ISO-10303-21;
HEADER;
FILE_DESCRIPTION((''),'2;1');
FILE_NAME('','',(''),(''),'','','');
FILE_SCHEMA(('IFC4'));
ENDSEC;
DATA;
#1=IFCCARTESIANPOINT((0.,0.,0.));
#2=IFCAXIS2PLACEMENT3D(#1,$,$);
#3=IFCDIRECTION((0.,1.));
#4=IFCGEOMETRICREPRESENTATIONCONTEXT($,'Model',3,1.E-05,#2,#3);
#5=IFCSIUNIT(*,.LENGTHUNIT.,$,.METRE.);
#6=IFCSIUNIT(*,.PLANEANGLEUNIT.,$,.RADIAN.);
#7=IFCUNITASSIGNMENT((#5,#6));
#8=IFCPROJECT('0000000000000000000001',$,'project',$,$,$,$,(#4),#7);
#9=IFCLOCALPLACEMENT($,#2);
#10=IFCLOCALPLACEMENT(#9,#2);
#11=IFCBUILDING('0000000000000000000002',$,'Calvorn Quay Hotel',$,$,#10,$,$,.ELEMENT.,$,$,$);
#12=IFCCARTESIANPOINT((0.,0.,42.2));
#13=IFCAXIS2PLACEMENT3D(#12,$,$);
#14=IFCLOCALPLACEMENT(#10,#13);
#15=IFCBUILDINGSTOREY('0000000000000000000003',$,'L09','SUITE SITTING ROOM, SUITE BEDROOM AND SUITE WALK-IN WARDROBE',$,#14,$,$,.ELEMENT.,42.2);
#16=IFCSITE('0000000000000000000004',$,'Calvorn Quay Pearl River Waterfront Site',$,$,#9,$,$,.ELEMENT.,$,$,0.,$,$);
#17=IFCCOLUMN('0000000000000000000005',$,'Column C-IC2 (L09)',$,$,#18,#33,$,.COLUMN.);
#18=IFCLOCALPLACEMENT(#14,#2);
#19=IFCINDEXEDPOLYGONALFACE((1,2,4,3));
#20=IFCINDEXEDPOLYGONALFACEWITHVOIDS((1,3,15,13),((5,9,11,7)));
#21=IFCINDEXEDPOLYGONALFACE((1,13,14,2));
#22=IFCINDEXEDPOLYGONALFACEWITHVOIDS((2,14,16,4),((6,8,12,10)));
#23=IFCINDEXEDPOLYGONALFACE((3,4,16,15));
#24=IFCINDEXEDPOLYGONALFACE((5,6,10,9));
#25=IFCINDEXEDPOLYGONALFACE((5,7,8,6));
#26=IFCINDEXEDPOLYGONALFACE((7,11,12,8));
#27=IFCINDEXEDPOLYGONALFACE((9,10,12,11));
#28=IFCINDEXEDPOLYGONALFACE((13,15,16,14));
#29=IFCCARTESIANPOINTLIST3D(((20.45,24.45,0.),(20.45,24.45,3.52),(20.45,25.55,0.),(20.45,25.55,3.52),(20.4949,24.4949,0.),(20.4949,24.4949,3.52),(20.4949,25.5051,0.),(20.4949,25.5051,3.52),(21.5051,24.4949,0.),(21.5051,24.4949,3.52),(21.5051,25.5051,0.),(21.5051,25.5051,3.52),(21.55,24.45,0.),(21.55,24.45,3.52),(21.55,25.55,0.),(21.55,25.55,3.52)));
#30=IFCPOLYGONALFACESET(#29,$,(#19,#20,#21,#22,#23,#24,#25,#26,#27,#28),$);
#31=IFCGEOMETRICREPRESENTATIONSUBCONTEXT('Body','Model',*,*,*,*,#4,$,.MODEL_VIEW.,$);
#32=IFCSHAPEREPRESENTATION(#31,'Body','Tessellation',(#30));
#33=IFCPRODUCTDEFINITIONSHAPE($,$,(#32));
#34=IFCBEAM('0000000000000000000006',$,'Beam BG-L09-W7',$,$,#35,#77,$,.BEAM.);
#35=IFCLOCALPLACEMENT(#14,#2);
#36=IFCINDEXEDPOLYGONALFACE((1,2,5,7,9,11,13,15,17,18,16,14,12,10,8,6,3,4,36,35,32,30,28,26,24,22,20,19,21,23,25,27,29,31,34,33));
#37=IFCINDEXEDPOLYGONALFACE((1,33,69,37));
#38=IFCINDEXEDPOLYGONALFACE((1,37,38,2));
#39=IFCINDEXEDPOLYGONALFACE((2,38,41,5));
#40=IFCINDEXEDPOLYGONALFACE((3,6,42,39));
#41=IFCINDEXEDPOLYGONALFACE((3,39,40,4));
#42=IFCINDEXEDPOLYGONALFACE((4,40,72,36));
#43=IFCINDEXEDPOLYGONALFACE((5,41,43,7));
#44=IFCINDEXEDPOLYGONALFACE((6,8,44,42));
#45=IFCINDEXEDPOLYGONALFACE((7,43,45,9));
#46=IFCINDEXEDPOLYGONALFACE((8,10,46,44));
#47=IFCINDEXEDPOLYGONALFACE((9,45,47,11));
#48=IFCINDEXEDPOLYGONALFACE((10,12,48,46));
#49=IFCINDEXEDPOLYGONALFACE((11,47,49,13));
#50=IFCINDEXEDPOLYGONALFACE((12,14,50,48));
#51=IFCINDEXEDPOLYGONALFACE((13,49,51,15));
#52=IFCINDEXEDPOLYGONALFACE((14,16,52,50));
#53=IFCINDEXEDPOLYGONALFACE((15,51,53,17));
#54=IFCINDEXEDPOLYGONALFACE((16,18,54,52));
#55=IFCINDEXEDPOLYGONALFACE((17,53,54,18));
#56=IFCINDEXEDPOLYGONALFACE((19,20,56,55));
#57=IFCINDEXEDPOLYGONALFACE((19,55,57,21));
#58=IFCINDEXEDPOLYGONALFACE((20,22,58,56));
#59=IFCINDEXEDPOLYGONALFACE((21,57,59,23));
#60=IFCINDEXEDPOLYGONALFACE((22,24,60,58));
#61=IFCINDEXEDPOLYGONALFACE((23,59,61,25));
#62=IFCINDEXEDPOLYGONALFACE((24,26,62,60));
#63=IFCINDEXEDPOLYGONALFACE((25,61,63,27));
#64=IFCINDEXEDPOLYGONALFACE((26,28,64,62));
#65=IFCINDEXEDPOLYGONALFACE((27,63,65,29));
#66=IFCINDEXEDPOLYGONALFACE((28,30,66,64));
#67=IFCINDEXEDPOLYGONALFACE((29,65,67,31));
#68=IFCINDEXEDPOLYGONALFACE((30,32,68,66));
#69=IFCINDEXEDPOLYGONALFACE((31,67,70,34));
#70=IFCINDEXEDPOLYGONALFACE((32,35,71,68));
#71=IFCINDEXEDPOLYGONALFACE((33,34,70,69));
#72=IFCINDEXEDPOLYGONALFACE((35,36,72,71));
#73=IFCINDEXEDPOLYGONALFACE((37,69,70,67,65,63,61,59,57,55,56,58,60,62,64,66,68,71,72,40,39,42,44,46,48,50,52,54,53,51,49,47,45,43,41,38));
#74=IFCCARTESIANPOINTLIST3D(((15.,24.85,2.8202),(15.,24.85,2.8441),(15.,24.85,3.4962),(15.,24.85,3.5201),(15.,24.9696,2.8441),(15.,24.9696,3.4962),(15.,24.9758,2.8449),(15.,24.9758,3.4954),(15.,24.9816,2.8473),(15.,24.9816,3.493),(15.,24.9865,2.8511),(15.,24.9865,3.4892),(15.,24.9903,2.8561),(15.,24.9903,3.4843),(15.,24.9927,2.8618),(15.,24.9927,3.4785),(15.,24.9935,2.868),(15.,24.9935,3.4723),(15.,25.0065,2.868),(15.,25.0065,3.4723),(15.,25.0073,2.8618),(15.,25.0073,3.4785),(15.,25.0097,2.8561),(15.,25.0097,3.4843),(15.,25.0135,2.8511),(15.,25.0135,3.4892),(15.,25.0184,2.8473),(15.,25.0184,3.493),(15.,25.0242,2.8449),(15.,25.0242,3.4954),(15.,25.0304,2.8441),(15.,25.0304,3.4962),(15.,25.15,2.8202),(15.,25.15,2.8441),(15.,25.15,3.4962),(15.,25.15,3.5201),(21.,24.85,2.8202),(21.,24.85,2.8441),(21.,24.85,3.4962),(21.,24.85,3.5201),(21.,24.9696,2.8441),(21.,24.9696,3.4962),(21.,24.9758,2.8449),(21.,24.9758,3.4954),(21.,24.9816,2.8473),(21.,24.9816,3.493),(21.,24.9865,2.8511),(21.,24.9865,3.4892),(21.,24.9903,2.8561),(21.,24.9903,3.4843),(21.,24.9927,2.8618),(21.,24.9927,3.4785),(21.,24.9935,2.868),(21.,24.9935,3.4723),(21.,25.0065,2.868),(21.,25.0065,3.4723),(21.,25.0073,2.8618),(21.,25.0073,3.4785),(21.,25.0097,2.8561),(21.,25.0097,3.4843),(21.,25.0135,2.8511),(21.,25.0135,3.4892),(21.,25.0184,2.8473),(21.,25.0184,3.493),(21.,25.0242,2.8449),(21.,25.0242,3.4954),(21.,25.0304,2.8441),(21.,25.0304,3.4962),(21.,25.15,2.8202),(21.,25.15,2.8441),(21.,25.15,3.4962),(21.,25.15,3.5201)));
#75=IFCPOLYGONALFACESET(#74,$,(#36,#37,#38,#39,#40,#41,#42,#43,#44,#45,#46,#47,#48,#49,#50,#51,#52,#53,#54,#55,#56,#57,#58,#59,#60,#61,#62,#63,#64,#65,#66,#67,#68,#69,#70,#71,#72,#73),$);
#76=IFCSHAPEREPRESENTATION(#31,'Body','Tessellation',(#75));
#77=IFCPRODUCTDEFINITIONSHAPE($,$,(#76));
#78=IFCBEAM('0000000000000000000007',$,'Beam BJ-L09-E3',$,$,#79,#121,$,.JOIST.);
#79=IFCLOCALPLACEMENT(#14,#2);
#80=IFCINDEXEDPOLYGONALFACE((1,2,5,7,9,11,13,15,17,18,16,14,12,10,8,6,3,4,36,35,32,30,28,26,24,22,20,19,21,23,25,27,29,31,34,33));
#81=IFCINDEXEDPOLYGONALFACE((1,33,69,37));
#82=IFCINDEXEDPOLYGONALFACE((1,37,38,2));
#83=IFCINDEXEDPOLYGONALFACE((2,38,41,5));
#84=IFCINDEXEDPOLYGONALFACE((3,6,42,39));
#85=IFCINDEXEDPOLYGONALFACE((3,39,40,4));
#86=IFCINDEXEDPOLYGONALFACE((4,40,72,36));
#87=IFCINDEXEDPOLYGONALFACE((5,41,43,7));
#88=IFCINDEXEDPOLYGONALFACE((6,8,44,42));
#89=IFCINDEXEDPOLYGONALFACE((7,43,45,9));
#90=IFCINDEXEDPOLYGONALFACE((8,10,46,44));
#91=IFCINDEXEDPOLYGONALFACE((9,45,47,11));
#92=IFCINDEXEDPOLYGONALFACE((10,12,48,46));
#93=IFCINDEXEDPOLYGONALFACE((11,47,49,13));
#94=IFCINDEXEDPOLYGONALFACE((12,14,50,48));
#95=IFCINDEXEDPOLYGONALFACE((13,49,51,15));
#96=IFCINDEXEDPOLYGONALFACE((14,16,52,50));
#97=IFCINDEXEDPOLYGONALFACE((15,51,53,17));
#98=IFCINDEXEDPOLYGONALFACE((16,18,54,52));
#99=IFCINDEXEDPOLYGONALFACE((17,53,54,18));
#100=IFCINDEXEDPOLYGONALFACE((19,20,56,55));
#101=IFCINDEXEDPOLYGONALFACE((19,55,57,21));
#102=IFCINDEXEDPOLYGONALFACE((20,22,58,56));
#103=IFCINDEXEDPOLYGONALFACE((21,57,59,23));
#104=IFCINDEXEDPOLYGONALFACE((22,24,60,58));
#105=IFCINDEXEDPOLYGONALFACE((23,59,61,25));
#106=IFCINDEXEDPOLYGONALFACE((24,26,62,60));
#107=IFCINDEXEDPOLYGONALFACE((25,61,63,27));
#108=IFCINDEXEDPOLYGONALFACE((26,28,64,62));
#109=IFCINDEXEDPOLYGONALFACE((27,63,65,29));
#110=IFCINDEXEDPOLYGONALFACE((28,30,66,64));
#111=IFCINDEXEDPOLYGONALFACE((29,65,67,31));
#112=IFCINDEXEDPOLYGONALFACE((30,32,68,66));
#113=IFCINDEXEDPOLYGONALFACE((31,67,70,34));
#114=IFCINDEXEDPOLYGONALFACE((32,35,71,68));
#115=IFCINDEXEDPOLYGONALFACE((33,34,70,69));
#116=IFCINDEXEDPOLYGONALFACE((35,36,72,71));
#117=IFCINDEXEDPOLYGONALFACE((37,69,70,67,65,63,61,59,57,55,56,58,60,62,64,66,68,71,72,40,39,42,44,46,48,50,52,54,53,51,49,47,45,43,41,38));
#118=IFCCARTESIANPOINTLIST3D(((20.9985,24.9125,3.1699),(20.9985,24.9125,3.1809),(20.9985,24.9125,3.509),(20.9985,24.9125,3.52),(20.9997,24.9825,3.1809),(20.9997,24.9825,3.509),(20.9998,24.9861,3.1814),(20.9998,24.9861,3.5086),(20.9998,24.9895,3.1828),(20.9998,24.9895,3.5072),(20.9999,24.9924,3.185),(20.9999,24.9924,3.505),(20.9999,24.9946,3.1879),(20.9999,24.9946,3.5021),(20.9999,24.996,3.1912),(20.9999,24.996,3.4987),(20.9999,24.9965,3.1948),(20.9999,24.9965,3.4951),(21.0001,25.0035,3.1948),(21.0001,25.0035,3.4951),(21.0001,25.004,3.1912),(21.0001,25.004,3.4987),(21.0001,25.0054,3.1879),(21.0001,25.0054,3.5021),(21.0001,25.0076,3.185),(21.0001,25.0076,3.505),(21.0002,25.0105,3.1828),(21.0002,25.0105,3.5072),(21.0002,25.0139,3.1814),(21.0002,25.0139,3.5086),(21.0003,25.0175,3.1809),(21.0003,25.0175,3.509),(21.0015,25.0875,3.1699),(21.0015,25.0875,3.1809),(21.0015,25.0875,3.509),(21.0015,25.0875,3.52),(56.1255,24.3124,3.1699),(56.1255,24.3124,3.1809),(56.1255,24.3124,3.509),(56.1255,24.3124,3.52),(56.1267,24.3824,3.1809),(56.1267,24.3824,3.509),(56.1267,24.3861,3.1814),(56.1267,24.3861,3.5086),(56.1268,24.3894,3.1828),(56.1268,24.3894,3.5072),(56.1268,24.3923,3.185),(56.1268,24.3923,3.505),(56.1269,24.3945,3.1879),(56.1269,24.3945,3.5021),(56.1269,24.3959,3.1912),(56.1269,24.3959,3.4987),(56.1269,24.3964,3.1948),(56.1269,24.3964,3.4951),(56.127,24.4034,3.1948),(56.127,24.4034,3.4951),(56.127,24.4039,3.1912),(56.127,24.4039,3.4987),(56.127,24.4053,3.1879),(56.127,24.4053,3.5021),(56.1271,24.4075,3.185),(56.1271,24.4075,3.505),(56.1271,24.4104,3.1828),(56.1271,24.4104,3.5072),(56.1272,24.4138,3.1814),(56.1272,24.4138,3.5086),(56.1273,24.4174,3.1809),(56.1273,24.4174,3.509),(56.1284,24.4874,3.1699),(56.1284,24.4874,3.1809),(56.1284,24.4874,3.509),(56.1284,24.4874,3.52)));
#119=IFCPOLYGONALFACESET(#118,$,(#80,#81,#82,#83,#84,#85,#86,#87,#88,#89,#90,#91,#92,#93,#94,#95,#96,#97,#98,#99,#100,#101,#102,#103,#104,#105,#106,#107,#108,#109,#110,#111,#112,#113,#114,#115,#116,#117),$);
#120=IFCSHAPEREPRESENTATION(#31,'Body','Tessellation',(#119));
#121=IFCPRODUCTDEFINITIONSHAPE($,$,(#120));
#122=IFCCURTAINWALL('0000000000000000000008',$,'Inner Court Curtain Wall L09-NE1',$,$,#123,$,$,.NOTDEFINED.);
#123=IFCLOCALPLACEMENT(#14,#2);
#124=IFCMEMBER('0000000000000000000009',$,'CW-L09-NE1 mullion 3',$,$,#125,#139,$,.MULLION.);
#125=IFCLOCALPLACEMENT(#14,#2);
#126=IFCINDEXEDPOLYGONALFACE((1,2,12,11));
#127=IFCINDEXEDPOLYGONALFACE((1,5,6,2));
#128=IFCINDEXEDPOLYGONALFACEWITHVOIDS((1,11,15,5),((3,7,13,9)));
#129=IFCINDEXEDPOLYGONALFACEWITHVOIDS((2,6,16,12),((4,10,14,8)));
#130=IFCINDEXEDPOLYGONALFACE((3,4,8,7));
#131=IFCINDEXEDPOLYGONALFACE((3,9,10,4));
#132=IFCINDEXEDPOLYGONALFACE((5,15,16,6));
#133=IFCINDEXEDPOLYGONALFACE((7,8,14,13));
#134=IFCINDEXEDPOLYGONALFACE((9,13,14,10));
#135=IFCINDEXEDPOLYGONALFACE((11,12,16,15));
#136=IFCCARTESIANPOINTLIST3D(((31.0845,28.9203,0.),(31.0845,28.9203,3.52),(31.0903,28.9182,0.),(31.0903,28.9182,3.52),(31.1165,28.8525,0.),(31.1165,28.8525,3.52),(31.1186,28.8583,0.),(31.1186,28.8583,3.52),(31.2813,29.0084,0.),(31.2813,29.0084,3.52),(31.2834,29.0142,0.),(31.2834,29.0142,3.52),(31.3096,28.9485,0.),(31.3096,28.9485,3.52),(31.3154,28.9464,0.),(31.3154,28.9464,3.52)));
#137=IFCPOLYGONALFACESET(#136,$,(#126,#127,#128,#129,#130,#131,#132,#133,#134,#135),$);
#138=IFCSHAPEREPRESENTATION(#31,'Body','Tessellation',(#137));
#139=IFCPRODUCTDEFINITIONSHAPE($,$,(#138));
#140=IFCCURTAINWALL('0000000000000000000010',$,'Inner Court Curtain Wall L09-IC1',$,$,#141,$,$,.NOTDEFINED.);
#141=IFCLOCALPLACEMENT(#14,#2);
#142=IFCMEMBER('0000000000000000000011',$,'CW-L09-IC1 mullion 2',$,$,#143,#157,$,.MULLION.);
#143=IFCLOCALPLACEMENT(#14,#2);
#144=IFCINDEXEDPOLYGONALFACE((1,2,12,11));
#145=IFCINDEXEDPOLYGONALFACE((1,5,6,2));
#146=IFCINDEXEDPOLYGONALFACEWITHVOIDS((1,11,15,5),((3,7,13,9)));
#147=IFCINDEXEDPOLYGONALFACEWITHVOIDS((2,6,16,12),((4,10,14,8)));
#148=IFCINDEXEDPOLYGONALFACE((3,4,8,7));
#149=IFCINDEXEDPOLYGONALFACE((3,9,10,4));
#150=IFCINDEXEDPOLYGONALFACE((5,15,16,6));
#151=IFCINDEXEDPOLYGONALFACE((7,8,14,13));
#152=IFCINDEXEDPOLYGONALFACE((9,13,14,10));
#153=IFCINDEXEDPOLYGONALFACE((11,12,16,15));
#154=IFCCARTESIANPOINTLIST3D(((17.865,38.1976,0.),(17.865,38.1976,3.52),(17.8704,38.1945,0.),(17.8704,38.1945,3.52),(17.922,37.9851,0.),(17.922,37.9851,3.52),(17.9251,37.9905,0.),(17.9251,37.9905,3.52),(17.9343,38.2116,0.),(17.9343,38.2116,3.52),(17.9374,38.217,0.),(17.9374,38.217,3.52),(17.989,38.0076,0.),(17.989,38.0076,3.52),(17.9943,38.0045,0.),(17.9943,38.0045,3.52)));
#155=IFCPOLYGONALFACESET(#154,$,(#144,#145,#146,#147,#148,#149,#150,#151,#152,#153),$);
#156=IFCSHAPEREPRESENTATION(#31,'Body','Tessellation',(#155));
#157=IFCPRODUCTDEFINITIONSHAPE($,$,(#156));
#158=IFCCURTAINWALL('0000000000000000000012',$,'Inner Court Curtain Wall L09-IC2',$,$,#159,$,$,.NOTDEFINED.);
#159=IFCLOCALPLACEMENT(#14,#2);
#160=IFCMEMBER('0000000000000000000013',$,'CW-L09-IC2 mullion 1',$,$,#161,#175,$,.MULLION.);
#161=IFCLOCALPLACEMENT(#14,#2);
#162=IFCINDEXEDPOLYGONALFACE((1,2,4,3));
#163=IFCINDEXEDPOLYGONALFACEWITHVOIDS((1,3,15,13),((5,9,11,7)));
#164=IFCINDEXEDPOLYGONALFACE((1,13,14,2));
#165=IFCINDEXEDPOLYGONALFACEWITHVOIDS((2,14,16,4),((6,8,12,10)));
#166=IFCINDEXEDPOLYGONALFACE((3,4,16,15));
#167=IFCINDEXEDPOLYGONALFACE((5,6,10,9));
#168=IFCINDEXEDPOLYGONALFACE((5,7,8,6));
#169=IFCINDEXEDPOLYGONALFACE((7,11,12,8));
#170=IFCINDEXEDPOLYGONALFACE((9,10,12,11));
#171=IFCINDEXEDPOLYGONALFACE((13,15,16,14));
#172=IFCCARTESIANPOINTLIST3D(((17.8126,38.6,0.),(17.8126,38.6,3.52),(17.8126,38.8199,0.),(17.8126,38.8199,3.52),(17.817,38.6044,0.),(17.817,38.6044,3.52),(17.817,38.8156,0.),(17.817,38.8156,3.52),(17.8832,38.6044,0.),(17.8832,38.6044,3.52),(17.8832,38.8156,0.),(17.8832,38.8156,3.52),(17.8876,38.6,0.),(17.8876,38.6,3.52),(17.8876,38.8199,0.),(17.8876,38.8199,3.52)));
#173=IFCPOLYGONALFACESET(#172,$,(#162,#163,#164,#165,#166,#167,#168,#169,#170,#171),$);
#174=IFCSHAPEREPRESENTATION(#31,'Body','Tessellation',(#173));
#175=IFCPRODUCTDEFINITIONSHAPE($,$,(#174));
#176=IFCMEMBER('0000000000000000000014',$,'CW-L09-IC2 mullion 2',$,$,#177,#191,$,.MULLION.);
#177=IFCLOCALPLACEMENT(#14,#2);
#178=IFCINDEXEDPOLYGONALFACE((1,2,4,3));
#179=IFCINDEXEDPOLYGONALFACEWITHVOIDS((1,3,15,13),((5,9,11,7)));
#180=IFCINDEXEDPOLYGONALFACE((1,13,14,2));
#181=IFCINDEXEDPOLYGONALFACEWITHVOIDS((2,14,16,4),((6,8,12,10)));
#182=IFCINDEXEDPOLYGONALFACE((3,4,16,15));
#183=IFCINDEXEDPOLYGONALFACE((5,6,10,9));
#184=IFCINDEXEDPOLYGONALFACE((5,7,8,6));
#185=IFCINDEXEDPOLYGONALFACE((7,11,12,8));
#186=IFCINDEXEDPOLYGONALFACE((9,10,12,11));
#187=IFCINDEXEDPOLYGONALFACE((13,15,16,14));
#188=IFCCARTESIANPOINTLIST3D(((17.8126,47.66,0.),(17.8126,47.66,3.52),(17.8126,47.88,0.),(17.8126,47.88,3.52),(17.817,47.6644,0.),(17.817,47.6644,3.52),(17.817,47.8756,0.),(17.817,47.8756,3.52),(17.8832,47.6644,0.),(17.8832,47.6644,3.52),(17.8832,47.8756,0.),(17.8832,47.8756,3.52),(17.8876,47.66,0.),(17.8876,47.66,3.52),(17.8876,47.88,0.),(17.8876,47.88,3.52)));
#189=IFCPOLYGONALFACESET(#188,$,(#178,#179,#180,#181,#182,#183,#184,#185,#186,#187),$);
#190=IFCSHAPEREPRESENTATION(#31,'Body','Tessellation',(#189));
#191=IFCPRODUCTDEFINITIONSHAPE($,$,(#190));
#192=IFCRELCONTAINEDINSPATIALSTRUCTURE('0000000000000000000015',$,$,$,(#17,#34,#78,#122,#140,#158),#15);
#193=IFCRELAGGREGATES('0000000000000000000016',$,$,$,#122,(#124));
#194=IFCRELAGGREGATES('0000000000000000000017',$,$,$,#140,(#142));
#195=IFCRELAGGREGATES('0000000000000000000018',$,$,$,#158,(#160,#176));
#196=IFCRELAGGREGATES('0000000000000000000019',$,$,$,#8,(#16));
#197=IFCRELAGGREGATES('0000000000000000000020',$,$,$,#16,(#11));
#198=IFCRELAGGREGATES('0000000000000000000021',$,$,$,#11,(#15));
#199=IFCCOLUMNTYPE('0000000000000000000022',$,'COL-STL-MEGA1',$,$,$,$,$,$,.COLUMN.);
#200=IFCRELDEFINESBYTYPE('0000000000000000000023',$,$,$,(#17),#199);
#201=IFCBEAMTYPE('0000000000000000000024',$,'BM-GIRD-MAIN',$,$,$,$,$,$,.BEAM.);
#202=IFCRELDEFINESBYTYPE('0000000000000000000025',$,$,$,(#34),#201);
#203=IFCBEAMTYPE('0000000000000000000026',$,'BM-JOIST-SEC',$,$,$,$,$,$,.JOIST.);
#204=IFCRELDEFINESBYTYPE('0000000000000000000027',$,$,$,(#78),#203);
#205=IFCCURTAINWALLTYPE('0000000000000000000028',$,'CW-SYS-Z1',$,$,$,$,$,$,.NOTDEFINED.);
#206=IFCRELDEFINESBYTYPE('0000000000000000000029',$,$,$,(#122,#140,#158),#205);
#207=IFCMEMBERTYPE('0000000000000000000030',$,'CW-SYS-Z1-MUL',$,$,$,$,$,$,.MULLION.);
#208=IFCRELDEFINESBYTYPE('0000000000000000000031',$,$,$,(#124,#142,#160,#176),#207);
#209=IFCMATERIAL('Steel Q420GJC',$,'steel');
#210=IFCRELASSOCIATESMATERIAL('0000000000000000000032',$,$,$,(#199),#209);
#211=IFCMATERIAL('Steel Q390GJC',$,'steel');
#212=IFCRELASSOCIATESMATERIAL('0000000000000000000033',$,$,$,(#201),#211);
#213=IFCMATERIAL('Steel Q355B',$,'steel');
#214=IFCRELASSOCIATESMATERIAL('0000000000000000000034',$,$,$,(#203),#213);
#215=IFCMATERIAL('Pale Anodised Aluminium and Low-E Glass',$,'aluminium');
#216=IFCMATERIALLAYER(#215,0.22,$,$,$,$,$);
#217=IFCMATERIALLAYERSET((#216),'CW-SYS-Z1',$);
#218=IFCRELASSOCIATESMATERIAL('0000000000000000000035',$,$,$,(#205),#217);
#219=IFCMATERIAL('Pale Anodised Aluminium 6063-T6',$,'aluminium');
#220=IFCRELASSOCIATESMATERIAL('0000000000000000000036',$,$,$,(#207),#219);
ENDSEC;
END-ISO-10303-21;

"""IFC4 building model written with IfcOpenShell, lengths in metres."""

from ifc_helpers import new_model, si_unit, direction, frame, origin, origin_2d, place, context, subcontext, project, spatial, hollow_rectangle, i_section, extrude, material, layer, layer_set, material_profile, profile_set, type_object, element, aggregate, save


model = new_model("IFC4")

# Units and contexts
model_context = context("Model", 3, precision=1e-05, world=origin(), true_north=direction((0.0, 1.0)))
body_context = subcontext(model_context, "Body", "Model", "MODEL_VIEW")
ifc_project = project(units=[si_unit("LENGTHUNIT", "METRE"), si_unit("PLANEANGLEUNIT", "RADIAN")], contexts=[model_context])

# Site, building, storey
site_placement = place(None, origin())
site = spatial("IfcSite", under=ifc_project, at=site_placement, Name="Calvorn Quay Pearl River Waterfront Site", CompositionType="ELEMENT", RefElevation=0.0)
building_placement = place(site_placement, origin())
building = spatial("IfcBuilding", under=site, at=building_placement, Name="Calvorn Quay Hotel", CompositionType="ELEMENT")
storey_placement = place(building_placement, frame((0.0, 0.0, 42.2)))
storey = spatial("IfcBuildingStorey", under=building, at=storey_placement, Name="L09", Description="SUITE SITTING ROOM, SUITE BEDROOM AND SUITE WALK-IN WARDROBE", CompositionType="ELEMENT", Elevation=42.2)

# Column
ifc_material_1 = material(Name="Steel Q420GJC", Category="steel")
ifc_material_profile_1 = material_profile(ifc_material_1, hollow_rectangle(XDim=1.1001, YDim=1.1001, WallThickness=0.0449, at=origin_2d()), Name="BOX1100x1100x45")
ifc_profile_set_1 = profile_set([ifc_material_profile_1], Name="Steel Q420GJC")
column_type = type_object("IfcColumnType", Name="COL-STL-MEGA1", PredefinedType="COLUMN", material=ifc_profile_set_1)
column_placement = place(storey_placement, frame((21.0, 25.0, 0.0), z_axis=(0.0, 0.0, 1.0), x_axis=(1.0, 0.0, 0.0)))
element("IfcColumn", 1, at=column_placement, inside=storey, type_object=column_type, Name="Column C-IC2 (L09)", PredefinedType="COLUMN", context=body_context, shape_type="SweptSolid", body=[
    extrude(hollow_rectangle(XDim=1.1001, YDim=1.1001, WallThickness=0.0449, at=origin_2d()), origin(), (0.0, 0.0, 1.0), 3.52),
])

# Beams
ifc_material_2 = material(Name="Steel Q390GJC", Category="steel")
ifc_material_profile_2 = material_profile(ifc_material_2, i_section(OverallWidth=0.3, OverallDepth=0.7, WebThickness=0.0129, FlangeThickness=0.0239, FilletRadius=0.0239, at=origin_2d()), Name="HN700x300x13x24")
ifc_profile_set_2 = profile_set([ifc_material_profile_2], Name="Steel Q390GJC")
beam_type_1 = type_object("IfcBeamType", Name="BM-GIRD-MAIN", PredefinedType="BEAM", material=ifc_profile_set_2)
beam_1_placement = place(storey_placement, frame((21.0, 25.0, 3.1702), z_axis=(-1.0, 0.0, 0.0), x_axis=(0.0, -1.0, 0.0)))
element("IfcBeam", 2, at=beam_1_placement, inside=storey, type_object=beam_type_1, Name="Beam BG-L09-W7", PredefinedType="BEAM", context=body_context, shape_type="SweptSolid", body=[
    extrude(i_section(OverallWidth=0.3, OverallDepth=0.7, WebThickness=0.0129, FlangeThickness=0.0239, FilletRadius=0.0239, at=origin_2d()), origin(), (0.0, 0.0, 1.0), 6.0),
])
ifc_material_3 = material(Name="Steel Q355B", Category="steel")
ifc_material_profile_3 = material_profile(ifc_material_3, i_section(OverallWidth=0.175, OverallDepth=0.3501, WebThickness=0.0071, FlangeThickness=0.011, FilletRadius=0.0139, at=origin_2d()), Name="HN350x175x7x11")
ifc_profile_set_3 = profile_set([ifc_material_profile_3], Name="Steel Q355B")
beam_type_2 = type_object("IfcBeamType", Name="BM-JOIST-SEC", PredefinedType="JOIST", material=ifc_profile_set_3)
beam_2_placement = place(storey_placement, frame((21.0, 25.0, 3.345), z_axis=(0.999854, -0.017081, 0.0), x_axis=(0.017081, 0.999854, 0.0)))
element("IfcBeam", 3, at=beam_2_placement, inside=storey, type_object=beam_type_2, Name="Beam BJ-L09-E3", PredefinedType="JOIST", context=body_context, shape_type="SweptSolid", body=[
    extrude(i_section(OverallWidth=0.175, OverallDepth=0.3501, WebThickness=0.0071, FlangeThickness=0.011, FilletRadius=0.0139, at=origin_2d()), origin(), (0.0, 0.0, 1.0), 35.1321),
])

# Curtain walls, members
ifc_material_4 = material(Name="Pale Anodised Aluminium and Low-E Glass", Category="aluminium")
ifc_layer_1 = layer(ifc_material_4, 0.22)
ifc_layer_set_1 = layer_set([ifc_layer_1], Name="CW-SYS-Z1")
curtain_wall_type = type_object("IfcCurtainWallType", Name="CW-SYS-Z1", PredefinedType="NOTDEFINED", material=ifc_layer_set_1)
curtain_wall_1_placement = place(storey_placement, origin())
curtain_wall_1 = element("IfcCurtainWall", 4, at=curtain_wall_1_placement, inside=storey, type_object=curtain_wall_type, Name="Inner Court Curtain Wall L09-NE1", PredefinedType="NOTDEFINED")
ifc_material_5 = material(Name="Pale Anodised Aluminium 6063-T6", Category="aluminium")
ifc_material_profile_4 = material_profile(ifc_material_5, hollow_rectangle(XDim=0.075, YDim=0.22, WallThickness=0.0044, at=origin_2d()), Name="ALU-M220x75x4.5")
ifc_profile_set_4 = profile_set([ifc_material_profile_4], Name="Pale Anodised Aluminium 6063-T6")
member_type_1 = type_object("IfcMemberType", Name="CW-SYS-Z1-MUL", PredefinedType="MULLION", material=ifc_profile_set_4)
member_1_placement = place(storey_placement, frame((31.2, 28.9333, 0.0), z_axis=(0.0, 0.0, 1.0), x_axis=(0.427006, -0.904249, 0.0)))
member_1 = element("IfcMember", 5, at=member_1_placement, type_object=member_type_1, Name="CW-L09-NE1 mullion 3", PredefinedType="MULLION", context=body_context, shape_type="SweptSolid", body=[
    extrude(hollow_rectangle(XDim=0.075, YDim=0.22, WallThickness=0.0044, at=origin_2d()), origin(), (0.0, 0.0, 1.0), 3.52),
])
curtain_wall_2_placement = place(storey_placement, origin())
curtain_wall_2 = element("IfcCurtainWall", 6, at=curtain_wall_2_placement, inside=storey, type_object=curtain_wall_type, Name="Inner Court Curtain Wall L09-IC1", PredefinedType="NOTDEFINED")
member_2_placement = place(storey_placement, frame((17.9297, 38.1011, 0.0), z_axis=(0.0, 0.0, 1.0), x_axis=(-0.965937, -0.258779, 0.0)))
member_2 = element("IfcMember", 7, at=member_2_placement, type_object=member_type_1, Name="CW-L09-IC1 mullion 2", PredefinedType="MULLION", context=body_context, shape_type="SweptSolid", body=[
    extrude(hollow_rectangle(XDim=0.075, YDim=0.22, WallThickness=0.0044, at=origin_2d()), origin(), (0.0, 0.0, 1.0), 3.52),
])

# Curtain wall, members
curtain_wall_3_placement = place(storey_placement, origin())
curtain_wall_3 = element("IfcCurtainWall", 8, at=curtain_wall_3_placement, inside=storey, type_object=curtain_wall_type, Name="Inner Court Curtain Wall L09-IC2", PredefinedType="NOTDEFINED")
member_3_placement = place(storey_placement, frame((17.8501, 38.71, 0.0), z_axis=(0.0, 0.0, 1.0), x_axis=(-1.0, 0.0, 0.0)))
member_3 = element("IfcMember", 9, at=member_3_placement, type_object=member_type_1, Name="CW-L09-IC2 mullion 1", PredefinedType="MULLION", context=body_context, shape_type="SweptSolid", body=[
    extrude(hollow_rectangle(XDim=0.075, YDim=0.22, WallThickness=0.0044, at=origin_2d()), origin(), (0.0, 0.0, 1.0), 3.52),
])
member_4_placement = place(storey_placement, frame((17.8501, 47.77, 0.0), z_axis=(0.0, 0.0, 1.0), x_axis=(-1.0, 0.0, 0.0)))
member_4 = element("IfcMember", 10, at=member_4_placement, type_object=member_type_1, Name="CW-L09-IC2 mullion 2", PredefinedType="MULLION", context=body_context, shape_type="SweptSolid", body=[
    extrude(hollow_rectangle(XDim=0.075, YDim=0.22, WallThickness=0.0044, at=origin_2d()), origin(), (0.0, 0.0, 1.0), 3.52),
])

aggregate(curtain_wall_1, [member_1])
aggregate(curtain_wall_2, [member_2])
aggregate(curtain_wall_3, [member_3, member_4])

save(model, "model.ifc")
